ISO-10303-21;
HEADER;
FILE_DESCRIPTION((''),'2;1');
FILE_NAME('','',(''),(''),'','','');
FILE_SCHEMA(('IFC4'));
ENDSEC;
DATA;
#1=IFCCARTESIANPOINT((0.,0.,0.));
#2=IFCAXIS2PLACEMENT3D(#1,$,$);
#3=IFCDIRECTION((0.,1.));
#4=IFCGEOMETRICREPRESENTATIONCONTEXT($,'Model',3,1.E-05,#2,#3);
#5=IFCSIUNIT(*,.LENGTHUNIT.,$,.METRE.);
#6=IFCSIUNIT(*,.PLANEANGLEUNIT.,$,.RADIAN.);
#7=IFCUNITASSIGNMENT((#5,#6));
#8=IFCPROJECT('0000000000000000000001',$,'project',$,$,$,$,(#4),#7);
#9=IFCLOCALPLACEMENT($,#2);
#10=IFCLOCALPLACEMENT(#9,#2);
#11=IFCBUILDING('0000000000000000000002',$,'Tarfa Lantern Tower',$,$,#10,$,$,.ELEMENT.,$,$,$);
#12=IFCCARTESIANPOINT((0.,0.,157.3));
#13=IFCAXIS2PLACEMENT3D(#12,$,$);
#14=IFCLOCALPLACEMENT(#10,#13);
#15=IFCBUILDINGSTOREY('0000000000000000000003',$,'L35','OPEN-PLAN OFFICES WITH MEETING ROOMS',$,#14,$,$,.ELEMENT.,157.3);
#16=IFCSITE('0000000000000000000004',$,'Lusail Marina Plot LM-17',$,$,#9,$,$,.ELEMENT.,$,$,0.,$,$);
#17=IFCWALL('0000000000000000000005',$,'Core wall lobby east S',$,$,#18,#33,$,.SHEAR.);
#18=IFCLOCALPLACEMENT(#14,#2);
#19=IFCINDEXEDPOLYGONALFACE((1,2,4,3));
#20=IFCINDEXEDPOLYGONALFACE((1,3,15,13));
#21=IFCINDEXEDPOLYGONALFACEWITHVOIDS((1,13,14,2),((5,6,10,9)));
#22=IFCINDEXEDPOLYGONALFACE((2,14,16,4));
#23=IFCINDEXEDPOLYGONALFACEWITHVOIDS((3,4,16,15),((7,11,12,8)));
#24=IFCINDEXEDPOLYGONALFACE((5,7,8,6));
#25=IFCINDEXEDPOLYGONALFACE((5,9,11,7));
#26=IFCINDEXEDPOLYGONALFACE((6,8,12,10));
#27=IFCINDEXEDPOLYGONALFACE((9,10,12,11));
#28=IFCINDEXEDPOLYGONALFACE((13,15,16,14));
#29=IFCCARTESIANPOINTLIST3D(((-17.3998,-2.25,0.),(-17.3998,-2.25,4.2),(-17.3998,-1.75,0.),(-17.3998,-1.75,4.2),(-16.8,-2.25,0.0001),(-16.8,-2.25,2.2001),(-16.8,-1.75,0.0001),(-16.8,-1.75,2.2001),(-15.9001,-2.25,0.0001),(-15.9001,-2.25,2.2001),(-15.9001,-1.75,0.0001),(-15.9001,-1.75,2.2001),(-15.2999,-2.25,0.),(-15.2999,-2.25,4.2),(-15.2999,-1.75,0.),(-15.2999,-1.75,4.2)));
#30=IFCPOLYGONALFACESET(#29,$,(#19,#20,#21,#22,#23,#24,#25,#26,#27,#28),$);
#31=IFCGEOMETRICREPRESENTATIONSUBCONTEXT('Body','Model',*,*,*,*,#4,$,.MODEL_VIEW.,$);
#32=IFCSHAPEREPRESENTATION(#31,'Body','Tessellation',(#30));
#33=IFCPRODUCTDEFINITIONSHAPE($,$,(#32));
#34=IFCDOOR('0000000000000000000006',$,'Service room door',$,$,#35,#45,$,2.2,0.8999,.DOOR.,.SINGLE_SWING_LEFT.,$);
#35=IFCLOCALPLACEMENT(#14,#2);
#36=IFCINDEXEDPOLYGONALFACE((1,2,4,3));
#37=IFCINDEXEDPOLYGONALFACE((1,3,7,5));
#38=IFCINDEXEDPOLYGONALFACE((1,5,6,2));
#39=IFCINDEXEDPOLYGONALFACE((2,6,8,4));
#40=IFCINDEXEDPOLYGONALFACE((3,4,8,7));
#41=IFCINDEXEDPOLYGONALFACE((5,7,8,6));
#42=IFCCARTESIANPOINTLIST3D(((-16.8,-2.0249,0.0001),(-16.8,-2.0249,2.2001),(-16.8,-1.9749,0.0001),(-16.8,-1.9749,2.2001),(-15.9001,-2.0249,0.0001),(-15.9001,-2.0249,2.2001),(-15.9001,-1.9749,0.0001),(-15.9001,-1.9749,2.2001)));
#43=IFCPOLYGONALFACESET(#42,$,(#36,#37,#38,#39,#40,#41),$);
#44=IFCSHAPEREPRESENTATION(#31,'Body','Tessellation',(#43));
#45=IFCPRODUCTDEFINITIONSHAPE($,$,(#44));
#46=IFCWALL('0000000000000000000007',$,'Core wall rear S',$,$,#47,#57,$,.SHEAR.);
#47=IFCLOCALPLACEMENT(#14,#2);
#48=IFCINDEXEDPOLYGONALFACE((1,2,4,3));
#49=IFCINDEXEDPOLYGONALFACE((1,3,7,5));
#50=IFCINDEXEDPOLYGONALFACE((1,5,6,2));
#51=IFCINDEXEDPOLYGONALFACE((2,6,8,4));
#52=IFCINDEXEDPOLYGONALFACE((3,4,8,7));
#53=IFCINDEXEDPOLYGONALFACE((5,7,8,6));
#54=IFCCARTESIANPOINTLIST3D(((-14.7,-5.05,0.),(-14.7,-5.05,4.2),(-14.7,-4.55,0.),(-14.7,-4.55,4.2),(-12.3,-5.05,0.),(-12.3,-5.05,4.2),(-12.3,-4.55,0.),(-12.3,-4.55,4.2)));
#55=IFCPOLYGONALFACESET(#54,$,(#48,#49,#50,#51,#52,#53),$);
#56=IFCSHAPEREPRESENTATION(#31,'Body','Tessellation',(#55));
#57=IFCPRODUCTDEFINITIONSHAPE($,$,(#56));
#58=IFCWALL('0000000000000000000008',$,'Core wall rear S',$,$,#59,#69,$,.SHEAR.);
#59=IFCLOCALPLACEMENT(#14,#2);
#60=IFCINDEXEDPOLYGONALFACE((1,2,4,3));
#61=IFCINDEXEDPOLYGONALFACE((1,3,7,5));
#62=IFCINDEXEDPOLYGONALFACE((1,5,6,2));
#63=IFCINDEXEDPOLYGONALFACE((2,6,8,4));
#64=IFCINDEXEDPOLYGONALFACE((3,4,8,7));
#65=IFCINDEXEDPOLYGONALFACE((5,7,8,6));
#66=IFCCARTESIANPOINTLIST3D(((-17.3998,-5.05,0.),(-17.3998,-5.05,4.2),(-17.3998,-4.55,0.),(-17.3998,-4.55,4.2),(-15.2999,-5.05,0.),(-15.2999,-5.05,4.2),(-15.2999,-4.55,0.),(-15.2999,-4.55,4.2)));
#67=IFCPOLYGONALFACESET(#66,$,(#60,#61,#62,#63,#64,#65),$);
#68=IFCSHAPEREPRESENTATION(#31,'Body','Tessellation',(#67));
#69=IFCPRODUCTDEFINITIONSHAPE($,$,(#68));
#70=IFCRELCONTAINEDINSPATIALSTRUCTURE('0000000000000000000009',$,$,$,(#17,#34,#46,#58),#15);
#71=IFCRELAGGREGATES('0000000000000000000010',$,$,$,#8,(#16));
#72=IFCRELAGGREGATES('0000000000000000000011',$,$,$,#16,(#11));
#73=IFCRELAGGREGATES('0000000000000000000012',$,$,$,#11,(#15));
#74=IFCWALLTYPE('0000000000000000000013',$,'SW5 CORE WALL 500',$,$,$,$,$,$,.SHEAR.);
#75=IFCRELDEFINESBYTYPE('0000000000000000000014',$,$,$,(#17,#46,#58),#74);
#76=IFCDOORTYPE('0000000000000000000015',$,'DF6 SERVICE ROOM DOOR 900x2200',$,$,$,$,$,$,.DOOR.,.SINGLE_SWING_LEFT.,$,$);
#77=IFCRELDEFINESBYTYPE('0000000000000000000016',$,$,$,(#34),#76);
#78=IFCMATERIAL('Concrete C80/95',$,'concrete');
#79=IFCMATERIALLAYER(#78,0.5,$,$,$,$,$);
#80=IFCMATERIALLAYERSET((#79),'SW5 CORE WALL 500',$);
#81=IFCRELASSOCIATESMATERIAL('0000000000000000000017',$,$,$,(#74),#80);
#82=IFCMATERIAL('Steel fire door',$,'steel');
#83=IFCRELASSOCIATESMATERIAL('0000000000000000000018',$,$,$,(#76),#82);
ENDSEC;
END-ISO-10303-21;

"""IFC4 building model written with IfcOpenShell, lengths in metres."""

from ifc_helpers import new_model, si_unit, direction, frame, frame_2d, origin, place, context, subcontext, project, spatial, rectangle, extrude, material, layer, layer_set, type_object, element, fill, save


model = new_model("IFC4")

# Units and contexts
model_context = context("Model", 3, precision=1e-05, world=origin(), true_north=direction((0.0, 1.0)))
body_context = subcontext(model_context, "Body", "Model", "MODEL_VIEW")
ifc_project = project(units=[si_unit("LENGTHUNIT", "METRE"), si_unit("PLANEANGLEUNIT", "RADIAN")], contexts=[model_context])

# Site, building, storey
site_placement = place(None, origin())
site = spatial("IfcSite", under=ifc_project, at=site_placement, Name="Lusail Marina Plot LM-17", CompositionType="ELEMENT", RefElevation=0.0)
building_placement = place(site_placement, origin())
building = spatial("IfcBuilding", under=site, at=building_placement, Name="Tarfa Lantern Tower", CompositionType="ELEMENT")
storey_placement = place(building_placement, frame((0.0, 0.0, 157.3)))
storey = spatial("IfcBuildingStorey", under=building, at=storey_placement, Name="L35", Description="OPEN-PLAN OFFICES WITH MEETING ROOMS", CompositionType="ELEMENT", Elevation=157.3)

# Shared definitions
ifc_material_1 = material(Name="Concrete C80/95", Category="concrete")
ifc_layer_1 = layer(ifc_material_1, 0.5)
ifc_layer_set_1 = layer_set([ifc_layer_1], Name="SW5 CORE WALL 500")
wall_type_1 = type_object("IfcWallType", Name="SW5 CORE WALL 500", PredefinedType="SHEAR", material=ifc_layer_set_1)

# Wall, opening, door
wall_1_placement = place(storey_placement, frame((-15.3, -2.0, 0.0), z_axis=(0.0, 0.0, 1.0), x_axis=(-1.0, 0.0, 0.0)))
wall_1 = element("IfcWall", 1, at=wall_1_placement, inside=storey, type_object=wall_type_1, Name="Core wall lobby east S", PredefinedType="SHEAR", context=body_context, shape_type="SweptSolid", body=[
    extrude(rectangle(XDim=2.0999, YDim=0.5, at=frame_2d((1.0498, 0.0))), origin(), (0.0, 0.0, 1.0), 4.2),
])
opening_1_placement = place(wall_1_placement, frame((0.6001, 0.0, 0.0)))
opening_1 = element("IfcOpeningElement", 2, at=opening_1_placement, cuts=wall_1, PredefinedType="OPENING", context=body_context, shape_type="SweptSolid", body=[
    extrude(rectangle(XDim=0.8999, YDim=2.2, at=frame_2d((0.45, 1.1001))), frame((0.0, 0.26, 0.0), z_axis=(0.0, -1.0, 0.0), x_axis=(1.0, 0.0, 0.0)), (0.0, 0.0, 1.0), 0.52),
])
ifc_material_2 = material(Name="Steel fire door", Category="steel")
door_type_1 = type_object("IfcDoorType", Name="DF6 SERVICE ROOM DOOR 900x2200", OperationType="SINGLE_SWING_LEFT", PredefinedType="DOOR", material=ifc_material_2)
door_1_placement = place(opening_1_placement, origin())
door_1 = element("IfcDoor", 3, at=door_1_placement, inside=storey, type_object=door_type_1, Name="Service room door", OperationType="SINGLE_SWING_LEFT", OverallHeight=2.2, OverallWidth=0.8999, PredefinedType="DOOR", context=body_context, shape_type="SweptSolid", body=[
    extrude(rectangle(XDim=0.8999, YDim=2.2, at=frame_2d((0.45, 1.1001))), frame((0.0, 0.0249, 0.0), z_axis=(0.0, -1.0, 0.0), x_axis=(1.0, 0.0, 0.0)), (0.0, 0.0, 1.0), 0.05),
])
fill(opening_1, door_1)

# Walls
wall_2_placement = place(storey_placement, frame((-12.3, -4.8, 0.0), z_axis=(0.0, 0.0, 1.0), x_axis=(-1.0, 0.0, 0.0)))
element("IfcWall", 4, at=wall_2_placement, inside=storey, type_object=wall_type_1, Name="Core wall rear S", PredefinedType="SHEAR", context=body_context, shape_type="SweptSolid", body=[
    extrude(rectangle(XDim=2.3999, YDim=0.5, at=frame_2d((1.2, 0.0))), origin(), (0.0, 0.0, 1.0), 4.2),
])
wall_3_placement = place(storey_placement, frame((-15.3, -4.8, 0.0), z_axis=(0.0, 0.0, 1.0), x_axis=(-1.0, 0.0, 0.0)))
element("IfcWall", 5, at=wall_3_placement, inside=storey, type_object=wall_type_1, Name="Core wall rear S", PredefinedType="SHEAR", context=body_context, shape_type="SweptSolid", body=[
    extrude(rectangle(XDim=2.0999, YDim=0.5, at=frame_2d((1.0498, 0.0))), origin(), (0.0, 0.0, 1.0), 4.2),
])

save(model, "model.ifc")
